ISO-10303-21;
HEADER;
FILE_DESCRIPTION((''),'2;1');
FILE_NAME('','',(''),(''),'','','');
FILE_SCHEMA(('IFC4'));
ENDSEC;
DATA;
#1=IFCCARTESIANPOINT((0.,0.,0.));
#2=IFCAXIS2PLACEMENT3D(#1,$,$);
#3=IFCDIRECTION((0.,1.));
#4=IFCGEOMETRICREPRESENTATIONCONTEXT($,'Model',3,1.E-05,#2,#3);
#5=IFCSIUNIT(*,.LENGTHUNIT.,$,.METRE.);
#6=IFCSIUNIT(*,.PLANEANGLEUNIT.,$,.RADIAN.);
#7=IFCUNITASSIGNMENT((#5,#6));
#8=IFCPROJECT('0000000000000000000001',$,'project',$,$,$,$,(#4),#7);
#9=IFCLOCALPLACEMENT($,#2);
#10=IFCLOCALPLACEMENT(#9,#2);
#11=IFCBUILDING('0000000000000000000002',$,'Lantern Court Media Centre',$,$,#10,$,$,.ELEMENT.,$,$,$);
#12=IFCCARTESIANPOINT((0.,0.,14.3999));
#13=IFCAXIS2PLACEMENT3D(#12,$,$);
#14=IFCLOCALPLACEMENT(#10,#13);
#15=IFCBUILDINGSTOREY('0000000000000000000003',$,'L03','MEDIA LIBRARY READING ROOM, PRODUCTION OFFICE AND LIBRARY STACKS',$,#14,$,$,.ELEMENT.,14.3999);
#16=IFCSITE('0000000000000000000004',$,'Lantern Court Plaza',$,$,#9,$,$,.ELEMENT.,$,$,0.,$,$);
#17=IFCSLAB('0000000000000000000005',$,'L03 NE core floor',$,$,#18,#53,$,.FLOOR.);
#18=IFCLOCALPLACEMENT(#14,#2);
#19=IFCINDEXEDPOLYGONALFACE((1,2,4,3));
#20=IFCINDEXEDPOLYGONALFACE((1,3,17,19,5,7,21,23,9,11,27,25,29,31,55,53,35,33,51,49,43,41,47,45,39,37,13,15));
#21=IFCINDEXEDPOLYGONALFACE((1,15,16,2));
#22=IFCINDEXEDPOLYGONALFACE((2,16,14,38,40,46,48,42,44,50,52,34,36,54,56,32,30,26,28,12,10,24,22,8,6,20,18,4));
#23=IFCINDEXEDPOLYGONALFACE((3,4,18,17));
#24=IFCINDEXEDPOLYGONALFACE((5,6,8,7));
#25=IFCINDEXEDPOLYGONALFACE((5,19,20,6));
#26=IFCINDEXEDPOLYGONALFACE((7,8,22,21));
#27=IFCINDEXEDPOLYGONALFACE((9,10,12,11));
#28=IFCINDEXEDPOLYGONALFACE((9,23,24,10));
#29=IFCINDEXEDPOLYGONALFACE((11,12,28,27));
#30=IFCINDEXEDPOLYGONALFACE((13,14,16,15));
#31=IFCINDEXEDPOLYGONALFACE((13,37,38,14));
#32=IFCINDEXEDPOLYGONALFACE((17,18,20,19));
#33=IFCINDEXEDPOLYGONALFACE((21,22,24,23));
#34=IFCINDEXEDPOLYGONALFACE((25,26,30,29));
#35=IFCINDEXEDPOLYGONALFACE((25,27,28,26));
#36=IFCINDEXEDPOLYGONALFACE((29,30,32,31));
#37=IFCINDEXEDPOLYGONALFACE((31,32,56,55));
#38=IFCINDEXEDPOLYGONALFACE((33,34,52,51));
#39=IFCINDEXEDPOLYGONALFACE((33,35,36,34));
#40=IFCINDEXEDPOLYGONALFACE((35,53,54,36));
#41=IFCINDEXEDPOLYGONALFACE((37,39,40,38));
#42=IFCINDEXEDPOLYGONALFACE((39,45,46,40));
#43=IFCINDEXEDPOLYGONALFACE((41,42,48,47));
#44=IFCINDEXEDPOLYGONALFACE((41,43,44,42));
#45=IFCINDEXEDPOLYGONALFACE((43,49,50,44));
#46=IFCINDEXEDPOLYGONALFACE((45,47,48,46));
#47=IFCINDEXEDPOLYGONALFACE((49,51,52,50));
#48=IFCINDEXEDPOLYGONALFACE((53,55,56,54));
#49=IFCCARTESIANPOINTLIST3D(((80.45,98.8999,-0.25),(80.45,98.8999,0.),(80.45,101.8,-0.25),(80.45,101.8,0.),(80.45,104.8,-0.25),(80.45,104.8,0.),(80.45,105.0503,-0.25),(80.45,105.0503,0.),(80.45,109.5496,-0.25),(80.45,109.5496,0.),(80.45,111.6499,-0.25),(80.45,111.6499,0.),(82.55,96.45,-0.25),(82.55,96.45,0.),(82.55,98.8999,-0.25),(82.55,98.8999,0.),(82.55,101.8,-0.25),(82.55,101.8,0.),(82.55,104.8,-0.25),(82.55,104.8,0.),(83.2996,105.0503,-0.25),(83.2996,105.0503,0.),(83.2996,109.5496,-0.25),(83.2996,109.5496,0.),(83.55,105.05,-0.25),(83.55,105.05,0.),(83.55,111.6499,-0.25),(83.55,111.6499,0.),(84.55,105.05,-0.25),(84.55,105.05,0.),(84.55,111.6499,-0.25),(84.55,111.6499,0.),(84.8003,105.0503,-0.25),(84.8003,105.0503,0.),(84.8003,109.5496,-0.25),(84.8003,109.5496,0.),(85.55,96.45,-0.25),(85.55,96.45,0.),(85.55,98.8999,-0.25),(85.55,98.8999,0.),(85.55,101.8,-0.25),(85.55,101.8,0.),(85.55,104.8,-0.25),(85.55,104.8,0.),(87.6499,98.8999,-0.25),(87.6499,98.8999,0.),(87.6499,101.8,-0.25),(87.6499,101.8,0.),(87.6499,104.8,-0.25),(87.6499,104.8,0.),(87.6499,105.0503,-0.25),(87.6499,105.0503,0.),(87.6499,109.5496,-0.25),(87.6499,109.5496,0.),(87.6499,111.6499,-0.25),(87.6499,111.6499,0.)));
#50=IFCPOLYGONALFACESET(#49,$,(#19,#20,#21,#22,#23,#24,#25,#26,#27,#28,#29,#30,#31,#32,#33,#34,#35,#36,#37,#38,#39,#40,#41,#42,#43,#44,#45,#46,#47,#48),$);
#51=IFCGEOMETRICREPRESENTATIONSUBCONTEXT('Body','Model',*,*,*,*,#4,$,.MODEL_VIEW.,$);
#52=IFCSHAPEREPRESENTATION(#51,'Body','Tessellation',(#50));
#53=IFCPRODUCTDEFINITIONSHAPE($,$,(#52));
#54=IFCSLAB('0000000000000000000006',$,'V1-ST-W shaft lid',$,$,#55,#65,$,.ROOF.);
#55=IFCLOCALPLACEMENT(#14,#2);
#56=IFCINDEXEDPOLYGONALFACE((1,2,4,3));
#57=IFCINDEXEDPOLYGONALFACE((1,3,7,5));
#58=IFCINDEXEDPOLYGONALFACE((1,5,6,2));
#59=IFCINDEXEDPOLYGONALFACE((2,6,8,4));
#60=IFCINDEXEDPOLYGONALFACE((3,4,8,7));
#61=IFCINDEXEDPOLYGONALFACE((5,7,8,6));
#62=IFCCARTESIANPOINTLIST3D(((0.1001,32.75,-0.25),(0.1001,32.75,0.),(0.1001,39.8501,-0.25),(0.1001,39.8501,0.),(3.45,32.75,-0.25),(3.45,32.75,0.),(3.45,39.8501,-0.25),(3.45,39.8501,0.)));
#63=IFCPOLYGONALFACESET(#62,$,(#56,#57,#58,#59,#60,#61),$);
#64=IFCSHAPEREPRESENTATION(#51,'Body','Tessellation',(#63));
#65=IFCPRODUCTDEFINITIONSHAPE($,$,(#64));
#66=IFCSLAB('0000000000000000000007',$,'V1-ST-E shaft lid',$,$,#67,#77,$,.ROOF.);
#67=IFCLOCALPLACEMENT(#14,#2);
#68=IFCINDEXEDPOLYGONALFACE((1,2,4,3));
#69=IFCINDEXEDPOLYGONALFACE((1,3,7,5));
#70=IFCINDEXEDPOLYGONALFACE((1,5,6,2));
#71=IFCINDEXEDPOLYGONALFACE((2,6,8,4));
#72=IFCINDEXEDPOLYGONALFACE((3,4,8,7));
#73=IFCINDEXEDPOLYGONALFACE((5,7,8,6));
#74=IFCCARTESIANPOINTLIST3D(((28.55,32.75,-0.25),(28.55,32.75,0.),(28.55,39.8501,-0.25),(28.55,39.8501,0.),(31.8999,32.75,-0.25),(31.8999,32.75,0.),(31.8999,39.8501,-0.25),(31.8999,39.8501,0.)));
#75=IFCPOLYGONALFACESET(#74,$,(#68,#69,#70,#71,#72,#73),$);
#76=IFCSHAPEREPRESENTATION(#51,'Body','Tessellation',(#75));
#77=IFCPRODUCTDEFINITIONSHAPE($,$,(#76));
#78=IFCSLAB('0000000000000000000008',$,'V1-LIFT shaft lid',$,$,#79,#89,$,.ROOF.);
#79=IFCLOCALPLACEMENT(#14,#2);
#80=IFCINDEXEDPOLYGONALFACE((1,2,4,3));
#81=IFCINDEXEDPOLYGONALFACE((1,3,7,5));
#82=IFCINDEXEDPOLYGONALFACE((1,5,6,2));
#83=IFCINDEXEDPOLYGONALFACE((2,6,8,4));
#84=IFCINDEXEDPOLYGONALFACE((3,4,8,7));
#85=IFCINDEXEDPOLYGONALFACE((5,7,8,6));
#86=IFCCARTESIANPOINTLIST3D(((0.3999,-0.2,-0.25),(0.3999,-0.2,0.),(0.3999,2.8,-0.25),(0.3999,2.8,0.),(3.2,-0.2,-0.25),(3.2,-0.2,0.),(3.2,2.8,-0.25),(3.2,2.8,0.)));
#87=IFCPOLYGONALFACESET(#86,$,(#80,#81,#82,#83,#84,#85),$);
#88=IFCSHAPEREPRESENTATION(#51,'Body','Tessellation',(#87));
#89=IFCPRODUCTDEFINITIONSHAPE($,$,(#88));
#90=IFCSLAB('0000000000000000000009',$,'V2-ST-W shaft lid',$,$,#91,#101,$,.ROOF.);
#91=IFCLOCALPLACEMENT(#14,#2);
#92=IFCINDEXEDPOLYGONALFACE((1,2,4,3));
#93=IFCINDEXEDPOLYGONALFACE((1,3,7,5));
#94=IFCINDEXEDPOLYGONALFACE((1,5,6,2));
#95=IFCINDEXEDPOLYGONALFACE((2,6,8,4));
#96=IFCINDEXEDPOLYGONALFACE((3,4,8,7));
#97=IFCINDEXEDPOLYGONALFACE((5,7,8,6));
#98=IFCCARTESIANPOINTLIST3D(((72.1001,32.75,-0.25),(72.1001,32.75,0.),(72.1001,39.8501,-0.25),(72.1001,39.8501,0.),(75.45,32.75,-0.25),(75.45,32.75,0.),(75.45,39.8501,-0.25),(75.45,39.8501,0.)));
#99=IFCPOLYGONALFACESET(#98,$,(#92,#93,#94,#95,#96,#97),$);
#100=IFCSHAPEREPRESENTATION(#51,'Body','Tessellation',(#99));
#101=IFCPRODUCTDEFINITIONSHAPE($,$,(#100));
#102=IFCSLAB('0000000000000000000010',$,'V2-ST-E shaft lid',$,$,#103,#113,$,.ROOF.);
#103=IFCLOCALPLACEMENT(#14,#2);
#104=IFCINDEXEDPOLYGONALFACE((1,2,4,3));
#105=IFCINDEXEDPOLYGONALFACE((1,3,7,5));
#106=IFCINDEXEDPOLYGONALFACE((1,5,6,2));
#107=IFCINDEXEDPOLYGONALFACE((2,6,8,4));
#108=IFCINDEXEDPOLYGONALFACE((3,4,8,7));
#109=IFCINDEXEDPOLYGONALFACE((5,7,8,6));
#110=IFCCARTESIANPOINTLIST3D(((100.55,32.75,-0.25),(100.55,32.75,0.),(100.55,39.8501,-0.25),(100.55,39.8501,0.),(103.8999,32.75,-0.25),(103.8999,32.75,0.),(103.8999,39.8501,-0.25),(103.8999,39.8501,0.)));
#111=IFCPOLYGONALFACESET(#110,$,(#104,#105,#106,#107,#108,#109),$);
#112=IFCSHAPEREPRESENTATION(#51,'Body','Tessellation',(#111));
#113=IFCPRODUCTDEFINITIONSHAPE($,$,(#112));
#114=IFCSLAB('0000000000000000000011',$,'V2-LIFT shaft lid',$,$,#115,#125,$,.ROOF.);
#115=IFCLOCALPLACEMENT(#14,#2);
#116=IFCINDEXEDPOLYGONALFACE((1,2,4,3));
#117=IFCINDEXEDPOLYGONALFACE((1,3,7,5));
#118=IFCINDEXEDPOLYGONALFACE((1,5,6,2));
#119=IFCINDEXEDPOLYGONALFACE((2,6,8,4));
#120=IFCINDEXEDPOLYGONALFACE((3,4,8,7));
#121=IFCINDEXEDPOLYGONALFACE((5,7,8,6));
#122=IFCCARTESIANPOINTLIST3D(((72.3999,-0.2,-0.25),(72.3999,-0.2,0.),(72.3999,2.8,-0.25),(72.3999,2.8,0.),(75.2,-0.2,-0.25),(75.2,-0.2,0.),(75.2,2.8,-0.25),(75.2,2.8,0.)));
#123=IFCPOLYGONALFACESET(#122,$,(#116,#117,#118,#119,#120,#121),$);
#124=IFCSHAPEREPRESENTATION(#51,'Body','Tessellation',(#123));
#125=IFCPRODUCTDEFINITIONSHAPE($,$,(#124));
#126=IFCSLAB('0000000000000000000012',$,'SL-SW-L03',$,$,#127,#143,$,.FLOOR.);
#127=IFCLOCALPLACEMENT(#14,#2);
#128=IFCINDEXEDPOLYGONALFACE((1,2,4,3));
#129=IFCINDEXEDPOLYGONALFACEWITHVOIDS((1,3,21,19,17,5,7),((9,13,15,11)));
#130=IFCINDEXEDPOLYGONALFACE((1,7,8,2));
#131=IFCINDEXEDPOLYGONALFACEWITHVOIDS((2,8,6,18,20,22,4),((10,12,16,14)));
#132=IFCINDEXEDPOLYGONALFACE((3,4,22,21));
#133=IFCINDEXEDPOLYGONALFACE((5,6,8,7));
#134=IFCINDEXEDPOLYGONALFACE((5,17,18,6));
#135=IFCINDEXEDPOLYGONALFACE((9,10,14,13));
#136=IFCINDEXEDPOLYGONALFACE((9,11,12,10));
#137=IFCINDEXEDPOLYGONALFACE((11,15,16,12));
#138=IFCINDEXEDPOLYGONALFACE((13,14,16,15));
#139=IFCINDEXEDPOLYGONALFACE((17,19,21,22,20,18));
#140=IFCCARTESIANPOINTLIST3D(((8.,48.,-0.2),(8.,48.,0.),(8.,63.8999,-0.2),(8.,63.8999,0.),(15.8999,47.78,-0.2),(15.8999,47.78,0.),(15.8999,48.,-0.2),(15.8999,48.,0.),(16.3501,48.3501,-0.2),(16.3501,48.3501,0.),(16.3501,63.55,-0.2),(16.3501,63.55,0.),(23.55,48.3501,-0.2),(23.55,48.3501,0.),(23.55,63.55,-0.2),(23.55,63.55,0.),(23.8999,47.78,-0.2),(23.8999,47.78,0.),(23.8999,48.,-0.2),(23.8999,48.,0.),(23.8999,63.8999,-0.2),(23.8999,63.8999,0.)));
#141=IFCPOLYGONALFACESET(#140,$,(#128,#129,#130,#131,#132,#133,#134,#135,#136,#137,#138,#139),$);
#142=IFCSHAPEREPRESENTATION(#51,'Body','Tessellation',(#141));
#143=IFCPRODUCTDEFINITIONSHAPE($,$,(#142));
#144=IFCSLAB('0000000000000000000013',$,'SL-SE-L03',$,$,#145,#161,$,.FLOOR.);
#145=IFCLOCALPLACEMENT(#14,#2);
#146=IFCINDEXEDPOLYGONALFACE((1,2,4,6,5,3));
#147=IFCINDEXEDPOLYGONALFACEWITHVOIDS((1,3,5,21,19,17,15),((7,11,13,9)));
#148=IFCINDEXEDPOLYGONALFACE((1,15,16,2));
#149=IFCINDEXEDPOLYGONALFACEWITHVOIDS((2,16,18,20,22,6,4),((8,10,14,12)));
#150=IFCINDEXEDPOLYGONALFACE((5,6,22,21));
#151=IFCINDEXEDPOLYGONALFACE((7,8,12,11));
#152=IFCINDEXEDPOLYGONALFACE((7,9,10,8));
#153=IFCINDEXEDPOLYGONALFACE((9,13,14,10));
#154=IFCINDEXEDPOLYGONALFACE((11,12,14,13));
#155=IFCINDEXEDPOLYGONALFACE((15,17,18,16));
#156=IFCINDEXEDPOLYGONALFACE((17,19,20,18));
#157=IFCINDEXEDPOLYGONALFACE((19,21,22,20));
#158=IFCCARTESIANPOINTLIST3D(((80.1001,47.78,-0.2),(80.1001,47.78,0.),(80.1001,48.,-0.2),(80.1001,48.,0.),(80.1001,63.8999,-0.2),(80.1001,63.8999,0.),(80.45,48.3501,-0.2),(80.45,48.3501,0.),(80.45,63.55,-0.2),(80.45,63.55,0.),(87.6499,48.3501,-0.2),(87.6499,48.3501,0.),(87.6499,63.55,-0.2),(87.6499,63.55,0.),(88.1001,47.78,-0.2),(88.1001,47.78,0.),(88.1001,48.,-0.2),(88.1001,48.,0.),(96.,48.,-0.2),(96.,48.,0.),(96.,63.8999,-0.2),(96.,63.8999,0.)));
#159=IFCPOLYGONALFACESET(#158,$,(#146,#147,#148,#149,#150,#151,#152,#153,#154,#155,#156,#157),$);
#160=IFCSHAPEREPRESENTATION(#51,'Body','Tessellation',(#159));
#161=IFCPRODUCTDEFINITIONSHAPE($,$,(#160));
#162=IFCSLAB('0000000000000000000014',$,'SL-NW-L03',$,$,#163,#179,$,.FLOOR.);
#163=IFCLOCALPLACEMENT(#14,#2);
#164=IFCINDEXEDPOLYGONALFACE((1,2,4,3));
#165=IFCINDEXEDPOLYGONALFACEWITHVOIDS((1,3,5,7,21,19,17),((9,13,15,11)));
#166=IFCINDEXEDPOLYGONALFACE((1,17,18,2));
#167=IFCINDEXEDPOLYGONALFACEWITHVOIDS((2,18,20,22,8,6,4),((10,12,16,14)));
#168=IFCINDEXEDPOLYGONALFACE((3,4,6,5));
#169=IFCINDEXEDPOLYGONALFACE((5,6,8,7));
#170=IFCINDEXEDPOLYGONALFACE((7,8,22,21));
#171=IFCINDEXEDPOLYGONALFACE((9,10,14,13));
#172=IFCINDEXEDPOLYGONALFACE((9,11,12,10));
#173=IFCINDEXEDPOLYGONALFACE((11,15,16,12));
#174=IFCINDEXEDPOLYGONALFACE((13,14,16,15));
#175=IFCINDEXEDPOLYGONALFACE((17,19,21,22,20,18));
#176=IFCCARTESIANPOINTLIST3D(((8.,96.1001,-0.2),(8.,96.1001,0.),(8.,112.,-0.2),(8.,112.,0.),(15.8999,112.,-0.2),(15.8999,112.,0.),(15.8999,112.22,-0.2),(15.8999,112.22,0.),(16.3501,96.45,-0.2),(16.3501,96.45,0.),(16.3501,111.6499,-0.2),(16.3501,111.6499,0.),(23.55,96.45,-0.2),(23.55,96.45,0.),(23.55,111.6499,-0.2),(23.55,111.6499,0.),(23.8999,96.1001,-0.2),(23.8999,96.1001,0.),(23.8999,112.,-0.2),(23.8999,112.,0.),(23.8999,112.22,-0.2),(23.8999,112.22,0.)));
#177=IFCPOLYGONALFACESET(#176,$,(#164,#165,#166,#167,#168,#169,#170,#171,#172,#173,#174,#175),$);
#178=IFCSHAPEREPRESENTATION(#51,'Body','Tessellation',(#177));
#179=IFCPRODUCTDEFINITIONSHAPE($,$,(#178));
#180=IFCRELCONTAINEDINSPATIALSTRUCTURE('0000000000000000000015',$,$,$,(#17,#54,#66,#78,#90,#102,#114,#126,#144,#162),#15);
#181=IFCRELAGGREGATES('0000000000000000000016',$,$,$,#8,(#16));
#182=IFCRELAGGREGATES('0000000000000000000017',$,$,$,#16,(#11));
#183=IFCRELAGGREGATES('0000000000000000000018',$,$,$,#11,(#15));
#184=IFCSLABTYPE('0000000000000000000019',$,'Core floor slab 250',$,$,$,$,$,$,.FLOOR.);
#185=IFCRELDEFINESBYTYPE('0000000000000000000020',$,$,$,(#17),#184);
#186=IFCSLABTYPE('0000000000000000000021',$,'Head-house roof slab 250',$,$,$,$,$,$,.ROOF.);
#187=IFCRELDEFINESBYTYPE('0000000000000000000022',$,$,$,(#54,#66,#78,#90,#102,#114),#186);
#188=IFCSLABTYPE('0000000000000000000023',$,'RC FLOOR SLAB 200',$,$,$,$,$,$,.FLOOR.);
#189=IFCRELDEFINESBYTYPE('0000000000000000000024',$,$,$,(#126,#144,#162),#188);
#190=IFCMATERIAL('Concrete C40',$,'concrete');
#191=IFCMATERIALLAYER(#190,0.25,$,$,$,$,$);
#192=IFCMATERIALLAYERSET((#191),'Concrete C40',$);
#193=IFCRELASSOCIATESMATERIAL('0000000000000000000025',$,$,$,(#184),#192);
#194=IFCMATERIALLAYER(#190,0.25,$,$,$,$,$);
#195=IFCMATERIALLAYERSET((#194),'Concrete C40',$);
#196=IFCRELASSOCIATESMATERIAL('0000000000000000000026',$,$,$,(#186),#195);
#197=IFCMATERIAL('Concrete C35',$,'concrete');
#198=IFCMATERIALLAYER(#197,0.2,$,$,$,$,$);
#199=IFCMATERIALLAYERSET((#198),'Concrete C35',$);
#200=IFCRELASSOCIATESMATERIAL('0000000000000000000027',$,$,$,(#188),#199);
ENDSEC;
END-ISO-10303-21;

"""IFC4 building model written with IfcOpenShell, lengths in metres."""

from ifc_helpers import new_model, si_unit, direction, frame, origin, place, context, subcontext, project, spatial, polyline, outline, extrude, material, layer, layer_set, type_object, element, save


model = new_model("IFC4")

# Units and contexts
model_context = context("Model", 3, precision=1e-05, world=origin(), true_north=direction((0.0, 1.0)))
body_context = subcontext(model_context, "Body", "Model", "MODEL_VIEW")
ifc_project = project(units=[si_unit("LENGTHUNIT", "METRE"), si_unit("PLANEANGLEUNIT", "RADIAN")], contexts=[model_context])

# Site, building, storey
site_placement = place(None, origin())
site = spatial("IfcSite", under=ifc_project, at=site_placement, Name="Lantern Court Plaza", CompositionType="ELEMENT", RefElevation=0.0)
building_placement = place(site_placement, origin())
building = spatial("IfcBuilding", under=site, at=building_placement, Name="Lantern Court Media Centre", CompositionType="ELEMENT")
storey_placement = place(building_placement, frame((0.0, 0.0, 14.3999)))
storey = spatial("IfcBuildingStorey", under=building, at=storey_placement, Name="L03", Description="MEDIA LIBRARY READING ROOM, PRODUCTION OFFICE AND LIBRARY STACKS", CompositionType="ELEMENT", Elevation=14.3999)

# Slabs
ifc_material_1 = material(Name="Concrete C40", Category="concrete")
ifc_layer_1 = layer(ifc_material_1, 0.25)
ifc_layer_set_1 = layer_set([ifc_layer_1], Name="Concrete C40")
slab_type_1 = type_object("IfcSlabType", Name="Core floor slab 250", PredefinedType="FLOOR", material=ifc_layer_set_1)
slab_1_placement = place(storey_placement, frame((0.0, 0.0, -0.25)))
element("IfcSlab", 1, at=slab_1_placement, inside=storey, type_object=slab_type_1, Name="L03 NE core floor", PredefinedType="FLOOR", context=body_context, shape_type="SweptSolid", body=[
    extrude(outline(polyline([(87.6499, 101.8), (87.6499, 98.8999), (85.55, 98.8999), (85.55, 96.45), (82.55, 96.45), (82.55, 98.8999), (80.45, 98.8999), (80.45, 101.8), (82.55, 101.8), (82.55, 104.8), (80.45, 104.8), (80.45, 105.0503), (83.2996, 105.0503), (83.2996, 109.5496), (80.45, 109.5496), (80.45, 111.6499), (83.55, 111.6499), (83.55, 105.05), (84.55, 105.05), (84.55, 111.6499), (87.6499, 111.6499), (87.6499, 109.5496), (84.8003, 109.5496), (84.8003, 105.0503), (87.6499, 105.0503), (87.6499, 104.8), (85.55, 104.8), (85.55, 101.8), (87.6499, 101.8)])), origin(), (0.0, 0.0, 1.0), 0.25),
])
ifc_layer_2 = layer(ifc_material_1, 0.25)
ifc_layer_set_2 = layer_set([ifc_layer_2], Name="Concrete C40")
slab_type_2 = type_object("IfcSlabType", Name="Head-house roof slab 250", PredefinedType="ROOF", material=ifc_layer_set_2)
slab_2_placement = place(storey_placement, frame((0.0, 0.0, -0.25)))
element("IfcSlab", 2, at=slab_2_placement, inside=storey, type_object=slab_type_2, Name="V1-ST-W shaft lid", PredefinedType="ROOF", context=body_context, shape_type="SweptSolid", body=[
    extrude(outline(polyline([(0.1001, 32.75), (3.45, 32.75), (3.45, 39.8501), (0.1001, 39.8501), (0.1001, 32.75)])), origin(), (0.0, 0.0, 1.0), 0.25),
])
slab_3_placement = place(storey_placement, frame((0.0, 0.0, -0.25)))
element("IfcSlab", 3, at=slab_3_placement, inside=storey, type_object=slab_type_2, Name="V1-ST-E shaft lid", PredefinedType="ROOF", context=body_context, shape_type="SweptSolid", body=[
    extrude(outline(polyline([(28.55, 32.75), (31.8999, 32.75), (31.8999, 39.8501), (28.55, 39.8501), (28.55, 32.75)])), origin(), (0.0, 0.0, 1.0), 0.25),
])
slab_4_placement = place(storey_placement, frame((0.0, 0.0, -0.25)))
element("IfcSlab", 4, at=slab_4_placement, inside=storey, type_object=slab_type_2, Name="V1-LIFT shaft lid", PredefinedType="ROOF", context=body_context, shape_type="SweptSolid", body=[
    extrude(outline(polyline([(0.3999, -0.2), (3.2, -0.2), (3.2, 2.8), (0.3999, 2.8), (0.3999, -0.2)])), origin(), (0.0, 0.0, 1.0), 0.25),
])
slab_5_placement = place(storey_placement, frame((0.0, 0.0, -0.25)))
element("IfcSlab", 5, at=slab_5_placement, inside=storey, type_object=slab_type_2, Name="V2-ST-W shaft lid", PredefinedType="ROOF", context=body_context, shape_type="SweptSolid", body=[
    extrude(outline(polyline([(72.1001, 32.75), (75.45, 32.75), (75.45, 39.8501), (72.1001, 39.8501), (72.1001, 32.75)])), origin(), (0.0, 0.0, 1.0), 0.25),
])
slab_6_placement = place(storey_placement, frame((0.0, 0.0, -0.25)))
element("IfcSlab", 6, at=slab_6_placement, inside=storey, type_object=slab_type_2, Name="V2-ST-E shaft lid", PredefinedType="ROOF", context=body_context, shape_type="SweptSolid", body=[
    extrude(outline(polyline([(100.55, 32.75), (103.8999, 32.75), (103.8999, 39.8501), (100.55, 39.8501), (100.55, 32.75)])), origin(), (0.0, 0.0, 1.0), 0.25),
])
slab_7_placement = place(storey_placement, frame((0.0, 0.0, -0.25)))
element("IfcSlab", 7, at=slab_7_placement, inside=storey, type_object=slab_type_2, Name="V2-LIFT shaft lid", PredefinedType="ROOF", context=body_context, shape_type="SweptSolid", body=[
    extrude(outline(polyline([(72.3999, -0.2), (75.2, -0.2), (75.2, 2.8), (72.3999, 2.8), (72.3999, -0.2)])), origin(), (0.0, 0.0, 1.0), 0.25),
])
ifc_material_2 = material(Name="Concrete C35", Category="concrete")
ifc_layer_3 = layer(ifc_material_2, 0.2)
ifc_layer_set_3 = layer_set([ifc_layer_3], Name="Concrete C35")
slab_type_3 = type_object("IfcSlabType", Name="RC FLOOR SLAB 200", PredefinedType="FLOOR", material=ifc_layer_set_3)
slab_8_placement = place(storey_placement, frame((0.0, 0.0, -0.2)))
element("IfcSlab", 8, at=slab_8_placement, inside=storey, type_object=slab_type_3, Name="SL-SW-L03", PredefinedType="FLOOR", context=body_context, shape_type="SweptSolid", body=[
    extrude(outline(polyline([(8.0, 63.8999), (23.8999, 63.8999), (23.8999, 48.0), (23.8999, 47.78), (15.8999, 47.78), (15.8999, 48.0), (8.0, 48.0), (8.0, 63.8999)]), holes=[polyline([(16.3501, 63.55), (16.3501, 48.3501), (23.55, 48.3501), (23.55, 63.55), (16.3501, 63.55)])]), origin(), (0.0, 0.0, 1.0), 0.2),
])
slab_9_placement = place(storey_placement, frame((0.0, 0.0, -0.2)))
element("IfcSlab", 9, at=slab_9_placement, inside=storey, type_object=slab_type_3, Name="SL-SE-L03", PredefinedType="FLOOR", context=body_context, shape_type="SweptSolid", body=[
    extrude(outline(polyline([(80.1001, 63.8999), (96.0, 63.8999), (96.0, 48.0), (88.1001, 48.0), (88.1001, 47.78), (80.1001, 47.78), (80.1001, 48.0), (80.1001, 63.8999)]), holes=[polyline([(80.45, 63.55), (80.45, 48.3501), (87.6499, 48.3501), (87.6499, 63.55), (80.45, 63.55)])]), origin(), (0.0, 0.0, 1.0), 0.2),
])
slab_10_placement = place(storey_placement, frame((0.0, 0.0, -0.2)))
element("IfcSlab", 10, at=slab_10_placement, inside=storey, type_object=slab_type_3, Name="SL-NW-L03", PredefinedType="FLOOR", context=body_context, shape_type="SweptSolid", body=[
    extrude(outline(polyline([(8.0, 112.0), (15.8999, 112.0), (15.8999, 112.22), (23.8999, 112.22), (23.8999, 112.0), (23.8999, 96.1001), (8.0, 96.1001), (8.0, 112.0)]), holes=[polyline([(16.3501, 111.6499), (16.3501, 96.45), (23.55, 96.45), (23.55, 111.6499), (16.3501, 111.6499)])]), origin(), (0.0, 0.0, 1.0), 0.2),
])

save(model, "model.ifc")
